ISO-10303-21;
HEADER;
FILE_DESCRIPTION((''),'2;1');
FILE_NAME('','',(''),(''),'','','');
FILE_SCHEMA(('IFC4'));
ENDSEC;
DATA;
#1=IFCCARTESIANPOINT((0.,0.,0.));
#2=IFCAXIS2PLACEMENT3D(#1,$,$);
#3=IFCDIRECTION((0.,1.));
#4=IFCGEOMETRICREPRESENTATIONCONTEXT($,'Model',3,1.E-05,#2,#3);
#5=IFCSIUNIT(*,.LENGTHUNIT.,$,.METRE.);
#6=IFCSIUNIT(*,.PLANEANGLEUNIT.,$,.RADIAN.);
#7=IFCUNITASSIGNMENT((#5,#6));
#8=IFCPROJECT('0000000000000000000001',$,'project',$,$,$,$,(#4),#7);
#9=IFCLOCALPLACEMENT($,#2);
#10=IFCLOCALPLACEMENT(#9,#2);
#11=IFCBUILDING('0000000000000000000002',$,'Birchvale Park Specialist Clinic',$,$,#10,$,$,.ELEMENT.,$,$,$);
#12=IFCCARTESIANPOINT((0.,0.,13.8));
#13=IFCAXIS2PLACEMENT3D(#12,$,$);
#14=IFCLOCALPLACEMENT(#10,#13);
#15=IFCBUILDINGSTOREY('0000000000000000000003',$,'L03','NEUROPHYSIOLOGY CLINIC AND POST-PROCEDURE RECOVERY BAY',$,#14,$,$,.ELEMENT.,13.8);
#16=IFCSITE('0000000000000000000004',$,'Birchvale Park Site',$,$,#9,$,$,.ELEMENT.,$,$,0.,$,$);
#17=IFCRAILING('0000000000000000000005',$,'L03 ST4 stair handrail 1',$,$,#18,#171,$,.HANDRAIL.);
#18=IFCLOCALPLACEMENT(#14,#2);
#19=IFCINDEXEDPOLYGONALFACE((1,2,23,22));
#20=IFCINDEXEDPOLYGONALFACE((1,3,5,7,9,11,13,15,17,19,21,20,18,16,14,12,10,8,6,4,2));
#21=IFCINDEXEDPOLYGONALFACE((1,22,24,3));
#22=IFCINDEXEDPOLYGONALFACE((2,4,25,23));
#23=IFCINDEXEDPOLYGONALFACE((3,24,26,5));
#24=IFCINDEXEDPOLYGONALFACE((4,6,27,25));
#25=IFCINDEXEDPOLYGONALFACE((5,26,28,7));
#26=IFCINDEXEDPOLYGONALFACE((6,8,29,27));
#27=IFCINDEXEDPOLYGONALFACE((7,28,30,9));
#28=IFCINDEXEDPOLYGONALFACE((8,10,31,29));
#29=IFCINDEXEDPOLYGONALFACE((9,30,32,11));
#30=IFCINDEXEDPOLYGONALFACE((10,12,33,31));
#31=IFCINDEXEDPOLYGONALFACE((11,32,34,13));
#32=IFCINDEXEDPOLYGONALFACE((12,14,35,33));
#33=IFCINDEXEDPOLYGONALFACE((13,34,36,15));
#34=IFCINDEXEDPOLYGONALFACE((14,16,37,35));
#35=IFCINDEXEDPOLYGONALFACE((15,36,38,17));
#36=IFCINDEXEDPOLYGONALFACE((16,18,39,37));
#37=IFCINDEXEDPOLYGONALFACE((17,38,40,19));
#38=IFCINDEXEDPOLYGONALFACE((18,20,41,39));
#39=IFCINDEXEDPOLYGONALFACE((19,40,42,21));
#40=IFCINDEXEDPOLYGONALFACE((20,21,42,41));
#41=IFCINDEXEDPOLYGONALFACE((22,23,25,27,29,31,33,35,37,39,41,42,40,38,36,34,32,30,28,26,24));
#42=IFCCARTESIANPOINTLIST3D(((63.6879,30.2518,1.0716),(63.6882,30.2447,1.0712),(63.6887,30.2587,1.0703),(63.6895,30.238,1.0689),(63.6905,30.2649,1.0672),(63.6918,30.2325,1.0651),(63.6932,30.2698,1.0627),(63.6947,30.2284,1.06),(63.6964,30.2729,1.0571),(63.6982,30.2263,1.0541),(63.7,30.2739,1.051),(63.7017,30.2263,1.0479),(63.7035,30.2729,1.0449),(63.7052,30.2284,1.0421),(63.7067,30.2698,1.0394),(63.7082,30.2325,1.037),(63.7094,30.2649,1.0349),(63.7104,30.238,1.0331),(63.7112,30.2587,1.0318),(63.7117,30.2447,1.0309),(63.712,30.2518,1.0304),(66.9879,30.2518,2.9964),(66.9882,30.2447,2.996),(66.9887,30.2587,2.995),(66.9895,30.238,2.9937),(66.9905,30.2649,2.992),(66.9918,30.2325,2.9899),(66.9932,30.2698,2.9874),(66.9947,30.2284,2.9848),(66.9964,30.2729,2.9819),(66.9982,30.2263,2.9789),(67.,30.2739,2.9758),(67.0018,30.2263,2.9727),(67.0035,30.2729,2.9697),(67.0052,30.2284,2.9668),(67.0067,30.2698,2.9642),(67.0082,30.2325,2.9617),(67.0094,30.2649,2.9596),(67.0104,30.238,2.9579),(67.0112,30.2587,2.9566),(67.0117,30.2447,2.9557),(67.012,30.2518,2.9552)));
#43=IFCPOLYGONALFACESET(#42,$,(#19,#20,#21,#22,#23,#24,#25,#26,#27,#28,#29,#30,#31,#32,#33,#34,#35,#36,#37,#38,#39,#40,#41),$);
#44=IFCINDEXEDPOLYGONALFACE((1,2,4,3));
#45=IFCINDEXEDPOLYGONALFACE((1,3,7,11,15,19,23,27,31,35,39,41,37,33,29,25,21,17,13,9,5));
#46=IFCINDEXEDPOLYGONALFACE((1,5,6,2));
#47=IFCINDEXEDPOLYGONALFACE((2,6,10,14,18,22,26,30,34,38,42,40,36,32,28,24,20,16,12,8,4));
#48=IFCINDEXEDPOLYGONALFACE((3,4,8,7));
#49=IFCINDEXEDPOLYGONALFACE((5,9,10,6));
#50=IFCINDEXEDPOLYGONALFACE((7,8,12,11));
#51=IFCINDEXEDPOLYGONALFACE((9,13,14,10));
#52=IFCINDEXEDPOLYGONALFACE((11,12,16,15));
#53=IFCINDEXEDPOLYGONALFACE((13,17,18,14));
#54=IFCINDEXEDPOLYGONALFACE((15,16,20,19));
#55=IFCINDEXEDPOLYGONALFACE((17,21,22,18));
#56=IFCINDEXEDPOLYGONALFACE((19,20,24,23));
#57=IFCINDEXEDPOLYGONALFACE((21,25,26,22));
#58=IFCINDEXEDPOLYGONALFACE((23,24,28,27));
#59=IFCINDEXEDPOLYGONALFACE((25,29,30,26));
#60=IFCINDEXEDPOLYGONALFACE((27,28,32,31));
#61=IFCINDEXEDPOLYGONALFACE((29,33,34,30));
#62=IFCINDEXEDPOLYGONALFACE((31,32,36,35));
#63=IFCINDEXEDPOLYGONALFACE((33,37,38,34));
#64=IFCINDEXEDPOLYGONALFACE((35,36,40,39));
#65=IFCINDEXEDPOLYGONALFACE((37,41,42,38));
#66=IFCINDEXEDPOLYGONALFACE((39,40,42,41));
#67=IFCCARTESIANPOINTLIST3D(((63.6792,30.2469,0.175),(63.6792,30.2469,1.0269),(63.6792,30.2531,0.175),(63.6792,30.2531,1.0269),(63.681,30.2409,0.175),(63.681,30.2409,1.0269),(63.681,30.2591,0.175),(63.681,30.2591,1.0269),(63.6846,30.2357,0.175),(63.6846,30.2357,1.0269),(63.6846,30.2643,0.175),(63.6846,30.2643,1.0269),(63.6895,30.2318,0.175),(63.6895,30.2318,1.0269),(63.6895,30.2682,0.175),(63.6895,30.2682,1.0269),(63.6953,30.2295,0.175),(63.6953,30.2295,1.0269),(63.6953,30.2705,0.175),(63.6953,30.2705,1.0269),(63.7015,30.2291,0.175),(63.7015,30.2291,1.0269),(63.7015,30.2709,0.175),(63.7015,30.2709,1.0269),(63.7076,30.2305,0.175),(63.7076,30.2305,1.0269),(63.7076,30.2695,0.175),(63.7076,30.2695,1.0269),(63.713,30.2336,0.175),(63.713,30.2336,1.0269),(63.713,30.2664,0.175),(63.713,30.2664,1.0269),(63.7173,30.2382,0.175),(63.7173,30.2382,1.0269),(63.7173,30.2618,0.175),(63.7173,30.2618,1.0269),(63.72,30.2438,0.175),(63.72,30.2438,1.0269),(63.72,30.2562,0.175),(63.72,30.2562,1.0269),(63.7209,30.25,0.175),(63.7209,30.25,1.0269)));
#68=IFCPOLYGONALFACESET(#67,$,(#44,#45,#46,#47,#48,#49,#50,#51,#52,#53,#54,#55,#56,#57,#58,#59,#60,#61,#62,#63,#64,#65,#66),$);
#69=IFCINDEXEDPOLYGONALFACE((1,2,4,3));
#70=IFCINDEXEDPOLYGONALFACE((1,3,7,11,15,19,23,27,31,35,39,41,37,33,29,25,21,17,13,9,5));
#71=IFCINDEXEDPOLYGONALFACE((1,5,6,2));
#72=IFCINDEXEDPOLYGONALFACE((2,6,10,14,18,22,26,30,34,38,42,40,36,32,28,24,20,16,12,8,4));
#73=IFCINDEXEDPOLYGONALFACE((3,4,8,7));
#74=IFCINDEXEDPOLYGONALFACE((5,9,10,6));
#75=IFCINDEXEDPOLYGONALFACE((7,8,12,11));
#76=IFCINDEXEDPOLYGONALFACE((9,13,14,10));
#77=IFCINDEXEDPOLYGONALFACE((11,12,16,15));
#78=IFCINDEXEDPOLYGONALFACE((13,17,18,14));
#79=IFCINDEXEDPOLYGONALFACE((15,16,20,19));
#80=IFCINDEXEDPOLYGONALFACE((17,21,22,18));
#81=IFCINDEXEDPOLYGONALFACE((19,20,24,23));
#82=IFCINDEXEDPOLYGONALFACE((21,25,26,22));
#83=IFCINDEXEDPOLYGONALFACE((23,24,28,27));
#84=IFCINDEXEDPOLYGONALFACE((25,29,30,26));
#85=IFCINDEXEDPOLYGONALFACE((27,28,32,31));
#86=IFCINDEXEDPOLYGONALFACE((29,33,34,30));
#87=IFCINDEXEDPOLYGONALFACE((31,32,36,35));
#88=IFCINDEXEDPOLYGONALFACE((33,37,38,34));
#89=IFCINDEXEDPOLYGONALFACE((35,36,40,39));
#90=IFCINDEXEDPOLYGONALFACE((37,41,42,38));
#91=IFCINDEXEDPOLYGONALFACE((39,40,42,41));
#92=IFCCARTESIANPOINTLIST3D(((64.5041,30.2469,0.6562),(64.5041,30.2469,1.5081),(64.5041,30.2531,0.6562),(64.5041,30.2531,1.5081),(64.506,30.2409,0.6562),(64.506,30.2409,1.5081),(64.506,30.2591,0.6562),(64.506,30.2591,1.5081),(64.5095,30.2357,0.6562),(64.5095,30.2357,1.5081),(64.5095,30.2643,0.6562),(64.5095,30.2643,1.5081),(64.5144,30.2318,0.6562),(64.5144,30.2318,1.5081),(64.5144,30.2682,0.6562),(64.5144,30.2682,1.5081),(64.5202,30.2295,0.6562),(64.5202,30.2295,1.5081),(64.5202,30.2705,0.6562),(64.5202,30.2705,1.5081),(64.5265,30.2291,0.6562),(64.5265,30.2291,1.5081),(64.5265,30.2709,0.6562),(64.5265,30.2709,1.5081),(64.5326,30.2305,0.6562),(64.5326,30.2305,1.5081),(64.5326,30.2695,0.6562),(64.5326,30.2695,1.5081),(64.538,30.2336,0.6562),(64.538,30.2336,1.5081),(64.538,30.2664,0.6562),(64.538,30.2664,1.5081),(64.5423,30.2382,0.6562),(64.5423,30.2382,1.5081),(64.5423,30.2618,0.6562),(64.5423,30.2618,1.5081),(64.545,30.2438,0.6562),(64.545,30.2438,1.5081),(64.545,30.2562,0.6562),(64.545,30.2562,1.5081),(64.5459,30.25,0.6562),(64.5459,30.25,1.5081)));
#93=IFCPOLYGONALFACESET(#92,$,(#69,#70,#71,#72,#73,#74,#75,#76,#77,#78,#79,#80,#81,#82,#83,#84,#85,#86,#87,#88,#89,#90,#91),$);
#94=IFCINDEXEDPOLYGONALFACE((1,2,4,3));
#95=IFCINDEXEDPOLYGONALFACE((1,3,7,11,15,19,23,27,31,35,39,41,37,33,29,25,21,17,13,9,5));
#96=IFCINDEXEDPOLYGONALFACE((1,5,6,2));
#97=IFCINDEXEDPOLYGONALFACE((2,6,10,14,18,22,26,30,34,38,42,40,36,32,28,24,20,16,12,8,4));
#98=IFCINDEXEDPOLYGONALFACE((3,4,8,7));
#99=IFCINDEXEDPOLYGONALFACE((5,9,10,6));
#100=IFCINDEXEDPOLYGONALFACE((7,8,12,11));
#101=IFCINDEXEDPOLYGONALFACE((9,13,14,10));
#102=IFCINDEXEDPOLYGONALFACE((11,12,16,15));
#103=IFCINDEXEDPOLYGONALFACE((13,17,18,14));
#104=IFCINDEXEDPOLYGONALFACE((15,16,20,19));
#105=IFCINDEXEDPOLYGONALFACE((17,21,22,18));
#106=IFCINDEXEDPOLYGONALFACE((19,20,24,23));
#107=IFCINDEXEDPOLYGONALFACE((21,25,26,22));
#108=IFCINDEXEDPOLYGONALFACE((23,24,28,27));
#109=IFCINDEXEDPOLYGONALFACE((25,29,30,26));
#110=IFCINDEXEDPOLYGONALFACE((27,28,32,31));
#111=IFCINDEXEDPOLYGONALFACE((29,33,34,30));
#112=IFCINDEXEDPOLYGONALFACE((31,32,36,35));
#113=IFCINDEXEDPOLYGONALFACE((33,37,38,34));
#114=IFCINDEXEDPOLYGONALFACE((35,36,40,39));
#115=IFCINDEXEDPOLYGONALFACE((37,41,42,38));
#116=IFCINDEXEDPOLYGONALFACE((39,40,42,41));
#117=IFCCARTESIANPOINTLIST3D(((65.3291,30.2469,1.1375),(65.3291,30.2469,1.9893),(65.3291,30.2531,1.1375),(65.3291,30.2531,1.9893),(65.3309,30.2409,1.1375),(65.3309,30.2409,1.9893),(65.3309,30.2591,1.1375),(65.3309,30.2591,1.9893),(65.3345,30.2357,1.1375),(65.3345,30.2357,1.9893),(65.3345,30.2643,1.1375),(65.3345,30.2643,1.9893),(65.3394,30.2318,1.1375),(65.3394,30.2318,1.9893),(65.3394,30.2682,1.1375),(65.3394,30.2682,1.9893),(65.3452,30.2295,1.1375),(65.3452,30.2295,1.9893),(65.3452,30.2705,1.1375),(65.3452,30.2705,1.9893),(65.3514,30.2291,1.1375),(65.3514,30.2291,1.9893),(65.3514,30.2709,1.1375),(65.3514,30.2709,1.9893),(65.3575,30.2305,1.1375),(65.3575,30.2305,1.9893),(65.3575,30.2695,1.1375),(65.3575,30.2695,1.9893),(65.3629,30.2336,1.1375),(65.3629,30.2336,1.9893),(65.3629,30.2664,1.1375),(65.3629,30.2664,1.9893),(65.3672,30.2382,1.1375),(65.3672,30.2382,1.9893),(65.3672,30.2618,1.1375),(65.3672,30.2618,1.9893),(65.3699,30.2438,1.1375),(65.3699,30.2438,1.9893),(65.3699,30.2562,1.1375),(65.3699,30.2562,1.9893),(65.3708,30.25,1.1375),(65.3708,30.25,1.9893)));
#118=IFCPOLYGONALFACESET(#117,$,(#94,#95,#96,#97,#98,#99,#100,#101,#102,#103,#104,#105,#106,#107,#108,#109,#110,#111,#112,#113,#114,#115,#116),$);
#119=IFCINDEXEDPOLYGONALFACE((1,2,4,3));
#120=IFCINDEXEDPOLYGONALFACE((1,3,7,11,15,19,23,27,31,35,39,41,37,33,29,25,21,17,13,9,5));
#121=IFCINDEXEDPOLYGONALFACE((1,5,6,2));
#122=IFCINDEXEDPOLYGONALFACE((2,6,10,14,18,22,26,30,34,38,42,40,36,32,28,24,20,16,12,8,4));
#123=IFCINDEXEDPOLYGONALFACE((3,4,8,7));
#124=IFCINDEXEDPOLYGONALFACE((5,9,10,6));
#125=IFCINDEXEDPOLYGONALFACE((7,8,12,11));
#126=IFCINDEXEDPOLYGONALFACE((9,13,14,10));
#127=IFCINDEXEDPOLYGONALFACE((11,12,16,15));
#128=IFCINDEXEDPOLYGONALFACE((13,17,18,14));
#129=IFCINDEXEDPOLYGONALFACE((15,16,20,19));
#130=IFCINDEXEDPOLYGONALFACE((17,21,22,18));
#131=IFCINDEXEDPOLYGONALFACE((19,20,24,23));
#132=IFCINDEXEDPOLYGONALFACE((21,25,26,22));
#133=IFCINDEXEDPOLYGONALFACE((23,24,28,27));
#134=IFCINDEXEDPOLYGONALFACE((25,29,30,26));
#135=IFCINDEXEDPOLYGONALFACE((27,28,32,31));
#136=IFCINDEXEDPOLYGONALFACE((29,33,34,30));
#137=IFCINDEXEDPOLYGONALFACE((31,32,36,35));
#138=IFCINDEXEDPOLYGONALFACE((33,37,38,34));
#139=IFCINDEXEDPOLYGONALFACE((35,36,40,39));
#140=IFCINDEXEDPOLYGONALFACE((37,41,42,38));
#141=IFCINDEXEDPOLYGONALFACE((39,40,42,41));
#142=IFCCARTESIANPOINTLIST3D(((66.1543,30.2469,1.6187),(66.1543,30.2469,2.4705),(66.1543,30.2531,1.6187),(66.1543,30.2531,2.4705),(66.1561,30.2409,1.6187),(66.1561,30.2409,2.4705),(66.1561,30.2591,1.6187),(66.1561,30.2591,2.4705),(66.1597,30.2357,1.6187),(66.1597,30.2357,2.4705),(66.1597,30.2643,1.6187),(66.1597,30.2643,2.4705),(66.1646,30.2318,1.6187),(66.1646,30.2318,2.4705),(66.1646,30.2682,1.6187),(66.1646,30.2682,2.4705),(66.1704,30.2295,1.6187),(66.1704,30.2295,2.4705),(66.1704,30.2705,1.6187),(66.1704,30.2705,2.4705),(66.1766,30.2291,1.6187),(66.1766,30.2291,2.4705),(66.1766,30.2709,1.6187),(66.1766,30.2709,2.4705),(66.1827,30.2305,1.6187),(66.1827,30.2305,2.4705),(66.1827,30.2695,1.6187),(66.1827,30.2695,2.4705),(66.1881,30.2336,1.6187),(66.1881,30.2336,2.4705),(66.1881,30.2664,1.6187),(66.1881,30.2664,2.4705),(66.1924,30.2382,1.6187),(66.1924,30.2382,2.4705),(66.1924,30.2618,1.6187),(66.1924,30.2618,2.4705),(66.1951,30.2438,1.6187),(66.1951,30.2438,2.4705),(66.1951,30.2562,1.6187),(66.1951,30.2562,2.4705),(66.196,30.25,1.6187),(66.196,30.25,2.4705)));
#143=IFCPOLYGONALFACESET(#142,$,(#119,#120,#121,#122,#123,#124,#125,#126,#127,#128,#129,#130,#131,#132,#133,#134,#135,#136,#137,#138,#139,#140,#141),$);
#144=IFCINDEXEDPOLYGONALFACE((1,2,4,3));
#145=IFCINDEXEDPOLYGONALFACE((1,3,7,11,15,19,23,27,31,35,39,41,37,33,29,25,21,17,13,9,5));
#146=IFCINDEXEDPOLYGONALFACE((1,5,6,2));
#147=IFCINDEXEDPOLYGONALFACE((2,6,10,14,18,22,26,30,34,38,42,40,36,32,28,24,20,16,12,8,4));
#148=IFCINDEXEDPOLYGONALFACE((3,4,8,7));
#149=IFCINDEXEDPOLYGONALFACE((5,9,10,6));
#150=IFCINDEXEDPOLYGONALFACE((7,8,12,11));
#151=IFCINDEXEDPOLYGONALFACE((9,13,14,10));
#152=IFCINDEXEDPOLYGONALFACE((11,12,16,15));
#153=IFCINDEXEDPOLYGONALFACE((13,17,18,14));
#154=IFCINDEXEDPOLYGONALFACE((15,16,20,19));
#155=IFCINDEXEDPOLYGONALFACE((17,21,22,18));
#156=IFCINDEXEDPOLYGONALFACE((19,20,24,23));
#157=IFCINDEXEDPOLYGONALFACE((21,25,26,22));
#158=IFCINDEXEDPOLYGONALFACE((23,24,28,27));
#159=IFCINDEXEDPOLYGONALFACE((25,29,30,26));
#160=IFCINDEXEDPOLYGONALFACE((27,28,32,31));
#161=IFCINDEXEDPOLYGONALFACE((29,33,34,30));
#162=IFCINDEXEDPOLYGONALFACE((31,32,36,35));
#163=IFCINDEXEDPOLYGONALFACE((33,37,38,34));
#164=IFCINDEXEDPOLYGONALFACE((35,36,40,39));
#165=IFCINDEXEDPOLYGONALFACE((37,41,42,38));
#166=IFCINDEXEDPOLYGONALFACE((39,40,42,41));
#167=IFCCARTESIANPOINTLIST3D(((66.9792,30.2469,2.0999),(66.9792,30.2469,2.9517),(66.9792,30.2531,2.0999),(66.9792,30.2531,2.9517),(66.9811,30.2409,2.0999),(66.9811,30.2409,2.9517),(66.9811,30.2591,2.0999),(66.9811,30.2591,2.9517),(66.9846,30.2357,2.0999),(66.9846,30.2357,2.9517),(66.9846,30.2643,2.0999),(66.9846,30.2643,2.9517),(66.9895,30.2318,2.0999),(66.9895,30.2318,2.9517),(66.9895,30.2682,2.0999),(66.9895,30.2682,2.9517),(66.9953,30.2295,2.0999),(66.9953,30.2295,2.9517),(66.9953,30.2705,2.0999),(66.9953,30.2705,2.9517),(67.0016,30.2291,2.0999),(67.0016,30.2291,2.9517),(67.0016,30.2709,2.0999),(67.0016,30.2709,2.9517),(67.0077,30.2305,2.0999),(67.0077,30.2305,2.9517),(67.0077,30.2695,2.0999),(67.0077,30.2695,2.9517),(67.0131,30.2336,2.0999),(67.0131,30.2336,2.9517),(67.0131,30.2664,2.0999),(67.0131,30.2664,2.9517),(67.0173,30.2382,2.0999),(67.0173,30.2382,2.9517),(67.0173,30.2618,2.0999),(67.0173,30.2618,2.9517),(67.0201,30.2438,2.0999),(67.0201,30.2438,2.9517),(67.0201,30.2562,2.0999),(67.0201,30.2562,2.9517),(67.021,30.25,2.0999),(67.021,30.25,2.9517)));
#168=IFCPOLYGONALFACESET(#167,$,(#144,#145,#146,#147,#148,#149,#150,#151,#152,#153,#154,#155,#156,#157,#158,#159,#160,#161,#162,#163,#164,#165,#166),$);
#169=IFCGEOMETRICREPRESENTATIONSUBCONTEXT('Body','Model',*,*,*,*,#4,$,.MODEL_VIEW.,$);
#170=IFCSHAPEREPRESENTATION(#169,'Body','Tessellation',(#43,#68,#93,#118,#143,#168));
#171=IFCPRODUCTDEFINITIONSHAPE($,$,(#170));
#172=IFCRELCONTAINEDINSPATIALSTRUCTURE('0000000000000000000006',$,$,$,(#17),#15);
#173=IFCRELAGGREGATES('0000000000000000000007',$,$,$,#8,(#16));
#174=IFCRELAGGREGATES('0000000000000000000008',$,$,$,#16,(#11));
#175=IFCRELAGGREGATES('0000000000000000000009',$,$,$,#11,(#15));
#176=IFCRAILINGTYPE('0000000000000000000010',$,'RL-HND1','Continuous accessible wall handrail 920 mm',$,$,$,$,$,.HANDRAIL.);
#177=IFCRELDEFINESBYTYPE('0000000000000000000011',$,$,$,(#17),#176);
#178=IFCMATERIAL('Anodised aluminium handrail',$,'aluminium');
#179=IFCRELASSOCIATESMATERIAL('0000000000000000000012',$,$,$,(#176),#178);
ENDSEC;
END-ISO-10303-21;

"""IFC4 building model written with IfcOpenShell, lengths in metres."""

from ifc_helpers import new_model, si_unit, direction, frame, origin, origin_2d, place, context, subcontext, project, spatial, circle, extrude, material, type_object, element, save


model = new_model("IFC4")

# Units and contexts
model_context = context("Model", 3, precision=1e-05, world=origin(), true_north=direction((0.0, 1.0)))
body_context = subcontext(model_context, "Body", "Model", "MODEL_VIEW")
ifc_project = project(units=[si_unit("LENGTHUNIT", "METRE"), si_unit("PLANEANGLEUNIT", "RADIAN")], contexts=[model_context])

# Site, building, storey
site_placement = place(None, origin())
site = spatial("IfcSite", under=ifc_project, at=site_placement, Name="Birchvale Park Site", CompositionType="ELEMENT", RefElevation=0.0)
building_placement = place(site_placement, origin())
building = spatial("IfcBuilding", under=site, at=building_placement, Name="Birchvale Park Specialist Clinic", CompositionType="ELEMENT")
storey_placement = place(building_placement, frame((0.0, 0.0, 13.8)))
storey = spatial("IfcBuildingStorey", under=building, at=storey_placement, Name="L03", Description="NEUROPHYSIOLOGY CLINIC AND POST-PROCEDURE RECOVERY BAY", CompositionType="ELEMENT", Elevation=13.8)

# Railing
ifc_material_1 = material(Name="Anodised aluminium handrail", Category="aluminium")
railing_type_1 = type_object("IfcRailingType", Name="RL-HND1", Description="Continuous accessible wall handrail 920 mm", PredefinedType="HANDRAIL", material=ifc_material_1)
railing_1_placement = place(storey_placement, frame((63.7, 30.25, 0.175)))
element("IfcRailing", 1, at=railing_1_placement, inside=storey, type_object=railing_type_1, Name="L03 ST4 stair handrail 1", PredefinedType="HANDRAIL", context=body_context, shape_type="SweptSolid", body=[
    extrude(circle(Radius=0.0239, at=origin_2d()), frame((0.0, 0.0, 0.876), z_axis=(0.863804, 0.0, 0.503827), x_axis=(0.0, 1.0, 0.0)), (0.0, 0.0, 1.0), 3.8203),
    extrude(circle(Radius=0.021, at=origin_2d()), origin(), (0.0, 0.0, 1.0), 0.8518),
    extrude(circle(Radius=0.021, at=origin_2d()), frame((0.825, 0.0, 0.4812)), (0.0, 0.0, 1.0), 0.8518),
    extrude(circle(Radius=0.021, at=origin_2d()), frame((1.6499, 0.0, 0.9624)), (0.0, 0.0, 1.0), 0.8518),
    extrude(circle(Radius=0.021, at=origin_2d()), frame((2.4751, 0.0, 1.4436)), (0.0, 0.0, 1.0), 0.8518),
    extrude(circle(Radius=0.021, at=origin_2d()), frame((3.3, 0.0, 1.9248)), (0.0, 0.0, 1.0), 0.8518),
])

save(model, "model.ifc")
